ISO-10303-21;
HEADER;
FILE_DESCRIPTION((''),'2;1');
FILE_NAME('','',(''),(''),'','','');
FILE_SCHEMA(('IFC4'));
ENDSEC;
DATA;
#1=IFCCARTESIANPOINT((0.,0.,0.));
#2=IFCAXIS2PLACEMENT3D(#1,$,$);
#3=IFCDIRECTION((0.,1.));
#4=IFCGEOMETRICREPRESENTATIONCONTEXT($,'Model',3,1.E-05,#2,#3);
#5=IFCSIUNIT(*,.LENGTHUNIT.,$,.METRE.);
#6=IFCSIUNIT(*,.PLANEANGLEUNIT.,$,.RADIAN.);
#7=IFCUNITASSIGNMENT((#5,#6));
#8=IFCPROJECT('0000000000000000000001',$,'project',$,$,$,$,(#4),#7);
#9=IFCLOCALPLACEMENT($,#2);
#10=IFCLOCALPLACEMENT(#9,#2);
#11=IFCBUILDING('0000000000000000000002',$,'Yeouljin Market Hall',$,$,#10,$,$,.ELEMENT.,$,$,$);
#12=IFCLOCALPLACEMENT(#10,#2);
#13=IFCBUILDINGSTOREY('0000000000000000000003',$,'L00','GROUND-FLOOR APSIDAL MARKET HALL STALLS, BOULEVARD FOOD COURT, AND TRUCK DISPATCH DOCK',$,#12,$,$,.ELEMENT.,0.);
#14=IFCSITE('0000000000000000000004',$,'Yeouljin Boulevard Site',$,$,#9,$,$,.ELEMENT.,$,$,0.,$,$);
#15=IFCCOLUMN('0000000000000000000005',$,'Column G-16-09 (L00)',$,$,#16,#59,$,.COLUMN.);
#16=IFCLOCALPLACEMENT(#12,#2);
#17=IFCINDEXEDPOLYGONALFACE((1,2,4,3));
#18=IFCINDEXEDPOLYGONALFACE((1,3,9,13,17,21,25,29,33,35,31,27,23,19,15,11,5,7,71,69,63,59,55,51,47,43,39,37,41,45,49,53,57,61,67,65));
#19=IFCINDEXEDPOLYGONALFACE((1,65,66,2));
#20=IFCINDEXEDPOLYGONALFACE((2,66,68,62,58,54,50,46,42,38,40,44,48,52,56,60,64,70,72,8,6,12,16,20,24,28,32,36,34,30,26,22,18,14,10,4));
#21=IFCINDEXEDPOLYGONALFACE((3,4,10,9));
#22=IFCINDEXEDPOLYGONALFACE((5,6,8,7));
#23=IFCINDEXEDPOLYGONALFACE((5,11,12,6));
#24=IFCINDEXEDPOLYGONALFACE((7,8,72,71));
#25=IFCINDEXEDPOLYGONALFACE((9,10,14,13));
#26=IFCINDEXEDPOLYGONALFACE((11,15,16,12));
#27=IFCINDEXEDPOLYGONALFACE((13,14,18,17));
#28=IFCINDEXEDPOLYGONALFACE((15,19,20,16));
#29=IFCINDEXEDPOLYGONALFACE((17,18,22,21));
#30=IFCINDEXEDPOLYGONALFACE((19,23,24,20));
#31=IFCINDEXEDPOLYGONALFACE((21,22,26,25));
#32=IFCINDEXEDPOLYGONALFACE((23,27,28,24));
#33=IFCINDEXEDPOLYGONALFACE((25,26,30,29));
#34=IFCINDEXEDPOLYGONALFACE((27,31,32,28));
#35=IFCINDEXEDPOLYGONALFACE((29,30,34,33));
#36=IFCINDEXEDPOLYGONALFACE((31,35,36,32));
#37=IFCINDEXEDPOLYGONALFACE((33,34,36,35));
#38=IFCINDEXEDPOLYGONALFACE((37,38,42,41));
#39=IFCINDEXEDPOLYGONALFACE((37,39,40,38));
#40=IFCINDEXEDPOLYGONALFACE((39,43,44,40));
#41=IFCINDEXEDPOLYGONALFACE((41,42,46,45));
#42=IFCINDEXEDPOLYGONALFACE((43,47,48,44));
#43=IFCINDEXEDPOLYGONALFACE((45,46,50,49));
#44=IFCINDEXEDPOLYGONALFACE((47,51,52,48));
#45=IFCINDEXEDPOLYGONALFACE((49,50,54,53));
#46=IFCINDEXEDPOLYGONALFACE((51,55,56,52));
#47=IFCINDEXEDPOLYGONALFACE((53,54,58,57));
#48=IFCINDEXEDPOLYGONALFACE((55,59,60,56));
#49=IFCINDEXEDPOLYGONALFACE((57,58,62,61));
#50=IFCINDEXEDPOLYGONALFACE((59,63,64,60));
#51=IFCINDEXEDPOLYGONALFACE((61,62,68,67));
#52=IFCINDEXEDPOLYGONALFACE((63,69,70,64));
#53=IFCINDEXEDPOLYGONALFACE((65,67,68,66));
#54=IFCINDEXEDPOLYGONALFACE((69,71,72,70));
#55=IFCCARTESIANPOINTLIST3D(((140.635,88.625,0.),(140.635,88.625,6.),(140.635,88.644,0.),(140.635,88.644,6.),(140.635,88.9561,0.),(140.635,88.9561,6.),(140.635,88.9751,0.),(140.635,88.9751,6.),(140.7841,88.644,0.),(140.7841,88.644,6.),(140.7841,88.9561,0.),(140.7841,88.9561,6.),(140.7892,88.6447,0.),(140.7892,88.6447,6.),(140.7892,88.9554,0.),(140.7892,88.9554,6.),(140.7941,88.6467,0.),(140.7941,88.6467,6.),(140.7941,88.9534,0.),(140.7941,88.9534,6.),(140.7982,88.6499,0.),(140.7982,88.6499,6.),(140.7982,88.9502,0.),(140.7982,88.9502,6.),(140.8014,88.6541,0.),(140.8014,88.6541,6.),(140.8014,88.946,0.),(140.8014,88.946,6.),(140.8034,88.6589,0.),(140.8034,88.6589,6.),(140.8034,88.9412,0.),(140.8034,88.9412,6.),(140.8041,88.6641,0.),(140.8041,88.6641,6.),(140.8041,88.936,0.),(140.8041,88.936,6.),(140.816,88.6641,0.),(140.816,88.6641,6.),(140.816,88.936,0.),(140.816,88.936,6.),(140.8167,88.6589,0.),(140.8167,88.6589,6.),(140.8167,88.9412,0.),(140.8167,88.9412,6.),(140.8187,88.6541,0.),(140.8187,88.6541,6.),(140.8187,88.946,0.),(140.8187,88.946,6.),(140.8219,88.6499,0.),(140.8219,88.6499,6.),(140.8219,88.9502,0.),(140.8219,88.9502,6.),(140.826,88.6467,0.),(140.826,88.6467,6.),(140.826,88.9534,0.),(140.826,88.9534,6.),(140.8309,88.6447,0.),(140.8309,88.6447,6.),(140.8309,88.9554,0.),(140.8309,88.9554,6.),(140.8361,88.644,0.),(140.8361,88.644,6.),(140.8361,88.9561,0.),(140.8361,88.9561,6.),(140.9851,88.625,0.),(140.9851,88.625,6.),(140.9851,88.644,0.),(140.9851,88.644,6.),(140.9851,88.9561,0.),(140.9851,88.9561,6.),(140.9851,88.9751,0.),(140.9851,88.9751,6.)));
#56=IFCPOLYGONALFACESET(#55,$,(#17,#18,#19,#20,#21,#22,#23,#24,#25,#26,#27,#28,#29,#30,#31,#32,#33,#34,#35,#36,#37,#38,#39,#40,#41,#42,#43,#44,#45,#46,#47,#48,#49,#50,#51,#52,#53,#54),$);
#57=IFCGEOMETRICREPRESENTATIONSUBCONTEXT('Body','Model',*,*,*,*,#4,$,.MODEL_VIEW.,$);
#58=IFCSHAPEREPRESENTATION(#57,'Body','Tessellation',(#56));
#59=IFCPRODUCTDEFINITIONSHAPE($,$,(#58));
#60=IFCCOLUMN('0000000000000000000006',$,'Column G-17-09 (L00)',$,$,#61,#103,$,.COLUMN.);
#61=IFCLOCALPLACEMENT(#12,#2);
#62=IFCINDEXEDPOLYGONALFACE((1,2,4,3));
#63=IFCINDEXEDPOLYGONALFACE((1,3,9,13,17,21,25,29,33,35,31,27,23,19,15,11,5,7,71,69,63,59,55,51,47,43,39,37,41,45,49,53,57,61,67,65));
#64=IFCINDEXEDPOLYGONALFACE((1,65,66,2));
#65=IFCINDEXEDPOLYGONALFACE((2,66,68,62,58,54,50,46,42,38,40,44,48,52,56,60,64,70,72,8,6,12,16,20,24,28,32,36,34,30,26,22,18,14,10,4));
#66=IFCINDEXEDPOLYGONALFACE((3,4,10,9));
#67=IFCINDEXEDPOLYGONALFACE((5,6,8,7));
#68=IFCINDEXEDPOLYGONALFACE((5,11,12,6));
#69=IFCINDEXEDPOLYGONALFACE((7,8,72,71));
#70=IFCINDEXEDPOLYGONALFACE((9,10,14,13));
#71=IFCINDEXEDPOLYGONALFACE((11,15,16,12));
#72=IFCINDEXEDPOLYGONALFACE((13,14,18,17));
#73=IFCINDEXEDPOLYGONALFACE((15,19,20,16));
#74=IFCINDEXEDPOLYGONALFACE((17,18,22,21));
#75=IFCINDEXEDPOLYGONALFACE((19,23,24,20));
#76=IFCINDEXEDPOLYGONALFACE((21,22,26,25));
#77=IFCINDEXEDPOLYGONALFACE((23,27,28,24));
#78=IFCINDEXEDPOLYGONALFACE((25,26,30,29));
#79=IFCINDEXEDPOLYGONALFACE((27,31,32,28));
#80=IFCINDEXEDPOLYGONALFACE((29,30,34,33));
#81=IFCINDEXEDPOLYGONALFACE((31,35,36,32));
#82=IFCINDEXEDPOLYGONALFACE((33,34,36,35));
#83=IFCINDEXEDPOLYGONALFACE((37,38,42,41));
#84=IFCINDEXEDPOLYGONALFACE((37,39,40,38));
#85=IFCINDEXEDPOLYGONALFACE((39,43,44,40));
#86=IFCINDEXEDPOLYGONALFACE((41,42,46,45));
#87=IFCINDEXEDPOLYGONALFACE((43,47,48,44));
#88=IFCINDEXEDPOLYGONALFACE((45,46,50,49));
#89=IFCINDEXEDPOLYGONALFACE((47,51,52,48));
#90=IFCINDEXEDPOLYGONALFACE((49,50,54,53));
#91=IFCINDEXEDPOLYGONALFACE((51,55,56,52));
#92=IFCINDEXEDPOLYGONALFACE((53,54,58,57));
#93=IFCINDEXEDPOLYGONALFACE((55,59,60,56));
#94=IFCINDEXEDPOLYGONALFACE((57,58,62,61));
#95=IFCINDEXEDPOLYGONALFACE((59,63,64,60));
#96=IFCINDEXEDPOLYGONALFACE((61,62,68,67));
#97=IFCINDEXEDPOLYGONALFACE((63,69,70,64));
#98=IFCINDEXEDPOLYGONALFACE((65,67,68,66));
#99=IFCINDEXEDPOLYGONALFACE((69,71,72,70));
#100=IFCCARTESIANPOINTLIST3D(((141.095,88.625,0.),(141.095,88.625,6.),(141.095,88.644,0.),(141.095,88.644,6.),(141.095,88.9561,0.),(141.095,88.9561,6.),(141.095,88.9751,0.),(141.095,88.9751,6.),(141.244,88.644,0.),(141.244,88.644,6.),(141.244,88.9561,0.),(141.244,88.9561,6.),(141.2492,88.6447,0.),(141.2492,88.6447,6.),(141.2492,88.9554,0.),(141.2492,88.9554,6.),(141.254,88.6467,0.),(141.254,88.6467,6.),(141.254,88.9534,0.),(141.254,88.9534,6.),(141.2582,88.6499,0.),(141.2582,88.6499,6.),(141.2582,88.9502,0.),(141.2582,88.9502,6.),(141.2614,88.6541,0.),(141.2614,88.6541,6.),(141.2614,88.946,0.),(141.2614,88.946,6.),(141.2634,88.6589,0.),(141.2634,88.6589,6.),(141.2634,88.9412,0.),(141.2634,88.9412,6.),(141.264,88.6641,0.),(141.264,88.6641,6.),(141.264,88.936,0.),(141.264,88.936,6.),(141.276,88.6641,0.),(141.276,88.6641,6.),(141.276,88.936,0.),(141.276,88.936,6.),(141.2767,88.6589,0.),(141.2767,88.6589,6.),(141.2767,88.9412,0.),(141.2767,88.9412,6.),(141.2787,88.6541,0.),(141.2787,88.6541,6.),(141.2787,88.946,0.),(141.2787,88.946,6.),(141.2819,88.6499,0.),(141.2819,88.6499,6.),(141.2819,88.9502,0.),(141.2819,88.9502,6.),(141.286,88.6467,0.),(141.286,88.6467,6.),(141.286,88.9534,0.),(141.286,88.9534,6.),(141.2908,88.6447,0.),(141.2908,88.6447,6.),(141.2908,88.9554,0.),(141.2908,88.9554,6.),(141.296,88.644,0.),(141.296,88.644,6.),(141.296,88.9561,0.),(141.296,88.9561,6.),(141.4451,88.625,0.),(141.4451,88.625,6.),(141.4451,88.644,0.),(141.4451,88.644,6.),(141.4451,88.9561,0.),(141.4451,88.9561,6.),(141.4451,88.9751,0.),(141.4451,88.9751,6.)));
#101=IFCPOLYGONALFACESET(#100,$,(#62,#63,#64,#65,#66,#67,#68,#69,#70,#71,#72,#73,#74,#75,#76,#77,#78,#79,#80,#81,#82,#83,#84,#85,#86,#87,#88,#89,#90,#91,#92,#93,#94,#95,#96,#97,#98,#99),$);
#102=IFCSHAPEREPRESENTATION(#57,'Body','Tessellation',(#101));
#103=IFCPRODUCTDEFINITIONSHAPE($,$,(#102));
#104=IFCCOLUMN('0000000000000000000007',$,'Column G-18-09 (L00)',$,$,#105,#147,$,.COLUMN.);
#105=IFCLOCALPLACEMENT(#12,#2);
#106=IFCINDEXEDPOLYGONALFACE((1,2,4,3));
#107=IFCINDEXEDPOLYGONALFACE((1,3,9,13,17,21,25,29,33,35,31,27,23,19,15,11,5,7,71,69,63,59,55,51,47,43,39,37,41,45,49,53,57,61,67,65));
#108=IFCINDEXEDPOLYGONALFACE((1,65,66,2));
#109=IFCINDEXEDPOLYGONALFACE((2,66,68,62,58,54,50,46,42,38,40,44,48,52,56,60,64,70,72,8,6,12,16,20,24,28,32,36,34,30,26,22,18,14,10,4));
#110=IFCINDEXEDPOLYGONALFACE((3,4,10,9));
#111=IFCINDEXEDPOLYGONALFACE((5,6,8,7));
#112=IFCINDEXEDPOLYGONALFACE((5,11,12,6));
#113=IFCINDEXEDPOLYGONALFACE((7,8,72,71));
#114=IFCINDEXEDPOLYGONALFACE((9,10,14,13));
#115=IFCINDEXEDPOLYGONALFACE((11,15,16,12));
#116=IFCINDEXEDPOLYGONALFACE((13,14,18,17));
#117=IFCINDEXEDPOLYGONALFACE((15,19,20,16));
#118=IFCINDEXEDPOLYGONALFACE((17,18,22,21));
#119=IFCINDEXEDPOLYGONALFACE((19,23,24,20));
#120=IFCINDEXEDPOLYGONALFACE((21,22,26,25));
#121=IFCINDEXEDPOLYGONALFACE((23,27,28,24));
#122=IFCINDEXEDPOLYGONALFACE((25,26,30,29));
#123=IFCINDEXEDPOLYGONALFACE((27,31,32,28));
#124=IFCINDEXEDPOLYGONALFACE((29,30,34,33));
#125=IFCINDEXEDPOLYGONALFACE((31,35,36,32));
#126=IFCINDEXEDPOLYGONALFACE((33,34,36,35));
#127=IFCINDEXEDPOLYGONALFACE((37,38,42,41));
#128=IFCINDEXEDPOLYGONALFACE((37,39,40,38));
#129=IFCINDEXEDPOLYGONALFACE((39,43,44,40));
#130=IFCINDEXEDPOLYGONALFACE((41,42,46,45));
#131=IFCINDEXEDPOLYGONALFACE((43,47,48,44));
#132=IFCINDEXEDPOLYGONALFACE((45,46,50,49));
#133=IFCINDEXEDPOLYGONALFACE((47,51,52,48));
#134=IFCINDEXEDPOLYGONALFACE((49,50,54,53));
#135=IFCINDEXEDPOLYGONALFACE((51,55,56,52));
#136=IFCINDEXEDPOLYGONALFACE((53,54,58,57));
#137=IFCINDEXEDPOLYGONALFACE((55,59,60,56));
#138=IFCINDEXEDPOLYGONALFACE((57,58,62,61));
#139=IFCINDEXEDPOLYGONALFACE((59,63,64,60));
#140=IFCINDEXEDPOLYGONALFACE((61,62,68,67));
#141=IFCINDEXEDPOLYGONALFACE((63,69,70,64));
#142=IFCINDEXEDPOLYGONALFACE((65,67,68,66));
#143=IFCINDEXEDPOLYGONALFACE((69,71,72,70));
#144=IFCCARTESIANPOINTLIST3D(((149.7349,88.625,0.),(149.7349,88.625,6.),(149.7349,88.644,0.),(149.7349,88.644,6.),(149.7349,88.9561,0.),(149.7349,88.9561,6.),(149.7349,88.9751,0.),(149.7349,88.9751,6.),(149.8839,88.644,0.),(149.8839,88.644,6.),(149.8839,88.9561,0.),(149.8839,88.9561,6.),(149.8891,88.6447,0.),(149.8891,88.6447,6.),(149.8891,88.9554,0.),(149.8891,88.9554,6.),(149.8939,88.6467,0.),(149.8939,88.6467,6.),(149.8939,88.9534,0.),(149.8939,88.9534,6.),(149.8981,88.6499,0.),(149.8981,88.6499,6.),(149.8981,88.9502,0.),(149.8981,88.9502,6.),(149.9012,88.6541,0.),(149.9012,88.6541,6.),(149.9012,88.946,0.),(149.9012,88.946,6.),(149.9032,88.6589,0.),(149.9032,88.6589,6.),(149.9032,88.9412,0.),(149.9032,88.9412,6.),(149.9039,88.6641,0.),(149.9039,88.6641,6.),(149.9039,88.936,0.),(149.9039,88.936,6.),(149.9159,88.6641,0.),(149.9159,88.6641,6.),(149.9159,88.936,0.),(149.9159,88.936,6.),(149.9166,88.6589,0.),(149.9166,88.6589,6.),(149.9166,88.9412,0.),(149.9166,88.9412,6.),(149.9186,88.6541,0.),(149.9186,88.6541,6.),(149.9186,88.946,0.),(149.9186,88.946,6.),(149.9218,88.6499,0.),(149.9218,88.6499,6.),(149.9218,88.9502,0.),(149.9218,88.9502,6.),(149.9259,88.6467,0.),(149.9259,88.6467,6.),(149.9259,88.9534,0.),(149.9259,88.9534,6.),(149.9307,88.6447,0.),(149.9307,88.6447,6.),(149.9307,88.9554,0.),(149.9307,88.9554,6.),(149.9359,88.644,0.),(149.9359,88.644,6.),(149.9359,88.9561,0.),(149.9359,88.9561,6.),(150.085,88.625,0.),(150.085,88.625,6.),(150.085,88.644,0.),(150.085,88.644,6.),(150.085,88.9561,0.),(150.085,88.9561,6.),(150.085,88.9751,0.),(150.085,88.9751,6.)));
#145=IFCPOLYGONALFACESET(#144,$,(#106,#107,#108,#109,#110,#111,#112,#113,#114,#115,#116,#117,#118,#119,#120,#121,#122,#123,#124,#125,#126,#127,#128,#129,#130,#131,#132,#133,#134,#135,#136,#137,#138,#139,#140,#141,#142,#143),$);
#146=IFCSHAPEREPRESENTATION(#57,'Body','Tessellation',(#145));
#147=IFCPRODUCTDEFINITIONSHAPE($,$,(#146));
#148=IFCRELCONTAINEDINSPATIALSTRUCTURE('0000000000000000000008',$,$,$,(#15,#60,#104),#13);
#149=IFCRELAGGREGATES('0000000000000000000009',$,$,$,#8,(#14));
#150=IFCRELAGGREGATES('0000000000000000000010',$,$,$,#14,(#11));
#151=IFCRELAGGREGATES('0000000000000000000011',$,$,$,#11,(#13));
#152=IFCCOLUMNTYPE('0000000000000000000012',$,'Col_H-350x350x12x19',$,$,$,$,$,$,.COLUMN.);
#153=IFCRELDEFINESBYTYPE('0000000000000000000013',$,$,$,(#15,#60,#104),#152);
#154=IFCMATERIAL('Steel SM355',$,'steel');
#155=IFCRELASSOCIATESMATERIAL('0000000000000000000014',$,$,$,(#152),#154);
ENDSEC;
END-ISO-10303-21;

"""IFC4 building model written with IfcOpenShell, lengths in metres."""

from ifc_helpers import new_model, si_unit, direction, frame, origin, origin_2d, place, context, subcontext, project, spatial, i_section, extrude, material, material_profile, profile_set, type_object, element, save


model = new_model("IFC4")

# Units and contexts
model_context = context("Model", 3, precision=1e-05, world=origin(), true_north=direction((0.0, 1.0)))
body_context = subcontext(model_context, "Body", "Model", "MODEL_VIEW")
ifc_project = project(units=[si_unit("LENGTHUNIT", "METRE"), si_unit("PLANEANGLEUNIT", "RADIAN")], contexts=[model_context])

# Site, building, storey
site_placement = place(None, origin())
site = spatial("IfcSite", under=ifc_project, at=site_placement, Name="Yeouljin Boulevard Site", CompositionType="ELEMENT", RefElevation=0.0)
building_placement = place(site_placement, origin())
building = spatial("IfcBuilding", under=site, at=building_placement, Name="Yeouljin Market Hall", CompositionType="ELEMENT")
storey_placement = place(building_placement, origin())
storey = spatial("IfcBuildingStorey", under=building, at=storey_placement, Name="L00", Description="GROUND-FLOOR APSIDAL MARKET HALL STALLS, BOULEVARD FOOD COURT, AND TRUCK DISPATCH DOCK", CompositionType="ELEMENT", Elevation=0.0)

# Columns
ifc_material_1 = material(Name="Steel SM355", Category="steel")
ifc_material_profile_1 = material_profile(ifc_material_1, i_section(OverallWidth=0.3501, OverallDepth=0.3501, WebThickness=0.012, FlangeThickness=0.019, FilletRadius=0.02, at=origin_2d()), Name="H-350x350x12x19")
ifc_profile_set_1 = profile_set([ifc_material_profile_1], Name="Steel SM355")
column_type_1 = type_object("IfcColumnType", Name="Col_H-350x350x12x19", PredefinedType="COLUMN", material=ifc_profile_set_1)
for number, where, z_axis, x_axis, name in (
    (1, (140.8101, 88.8, 0.0), (0.0, 0.0, 1.0), (1.0, 0.0, 0.0), "Column G-16-09 (L00)"),
    (2, (141.27, 88.8, 0.0), (0.0, 0.0, 1.0), (1.0, 0.0, 0.0), "Column G-17-09 (L00)"),
    (3, (149.9099, 88.8, 0.0), (0.0, 0.0, 1.0), (1.0, 0.0, 0.0), "Column G-18-09 (L00)"),
):
    element("IfcColumn", number, at=place(storey_placement, frame(where, z_axis=z_axis, x_axis=x_axis)), inside=storey, type_object=column_type_1, Name=name, PredefinedType="COLUMN", context=body_context, shape_type="SweptSolid", body=[
        extrude(i_section(OverallWidth=0.3501, OverallDepth=0.3501, WebThickness=0.012, FlangeThickness=0.019, FilletRadius=0.02, at=origin_2d()), origin(), (0.0, 0.0, 1.0), 6.0),
    ])

save(model, "model.ifc")
